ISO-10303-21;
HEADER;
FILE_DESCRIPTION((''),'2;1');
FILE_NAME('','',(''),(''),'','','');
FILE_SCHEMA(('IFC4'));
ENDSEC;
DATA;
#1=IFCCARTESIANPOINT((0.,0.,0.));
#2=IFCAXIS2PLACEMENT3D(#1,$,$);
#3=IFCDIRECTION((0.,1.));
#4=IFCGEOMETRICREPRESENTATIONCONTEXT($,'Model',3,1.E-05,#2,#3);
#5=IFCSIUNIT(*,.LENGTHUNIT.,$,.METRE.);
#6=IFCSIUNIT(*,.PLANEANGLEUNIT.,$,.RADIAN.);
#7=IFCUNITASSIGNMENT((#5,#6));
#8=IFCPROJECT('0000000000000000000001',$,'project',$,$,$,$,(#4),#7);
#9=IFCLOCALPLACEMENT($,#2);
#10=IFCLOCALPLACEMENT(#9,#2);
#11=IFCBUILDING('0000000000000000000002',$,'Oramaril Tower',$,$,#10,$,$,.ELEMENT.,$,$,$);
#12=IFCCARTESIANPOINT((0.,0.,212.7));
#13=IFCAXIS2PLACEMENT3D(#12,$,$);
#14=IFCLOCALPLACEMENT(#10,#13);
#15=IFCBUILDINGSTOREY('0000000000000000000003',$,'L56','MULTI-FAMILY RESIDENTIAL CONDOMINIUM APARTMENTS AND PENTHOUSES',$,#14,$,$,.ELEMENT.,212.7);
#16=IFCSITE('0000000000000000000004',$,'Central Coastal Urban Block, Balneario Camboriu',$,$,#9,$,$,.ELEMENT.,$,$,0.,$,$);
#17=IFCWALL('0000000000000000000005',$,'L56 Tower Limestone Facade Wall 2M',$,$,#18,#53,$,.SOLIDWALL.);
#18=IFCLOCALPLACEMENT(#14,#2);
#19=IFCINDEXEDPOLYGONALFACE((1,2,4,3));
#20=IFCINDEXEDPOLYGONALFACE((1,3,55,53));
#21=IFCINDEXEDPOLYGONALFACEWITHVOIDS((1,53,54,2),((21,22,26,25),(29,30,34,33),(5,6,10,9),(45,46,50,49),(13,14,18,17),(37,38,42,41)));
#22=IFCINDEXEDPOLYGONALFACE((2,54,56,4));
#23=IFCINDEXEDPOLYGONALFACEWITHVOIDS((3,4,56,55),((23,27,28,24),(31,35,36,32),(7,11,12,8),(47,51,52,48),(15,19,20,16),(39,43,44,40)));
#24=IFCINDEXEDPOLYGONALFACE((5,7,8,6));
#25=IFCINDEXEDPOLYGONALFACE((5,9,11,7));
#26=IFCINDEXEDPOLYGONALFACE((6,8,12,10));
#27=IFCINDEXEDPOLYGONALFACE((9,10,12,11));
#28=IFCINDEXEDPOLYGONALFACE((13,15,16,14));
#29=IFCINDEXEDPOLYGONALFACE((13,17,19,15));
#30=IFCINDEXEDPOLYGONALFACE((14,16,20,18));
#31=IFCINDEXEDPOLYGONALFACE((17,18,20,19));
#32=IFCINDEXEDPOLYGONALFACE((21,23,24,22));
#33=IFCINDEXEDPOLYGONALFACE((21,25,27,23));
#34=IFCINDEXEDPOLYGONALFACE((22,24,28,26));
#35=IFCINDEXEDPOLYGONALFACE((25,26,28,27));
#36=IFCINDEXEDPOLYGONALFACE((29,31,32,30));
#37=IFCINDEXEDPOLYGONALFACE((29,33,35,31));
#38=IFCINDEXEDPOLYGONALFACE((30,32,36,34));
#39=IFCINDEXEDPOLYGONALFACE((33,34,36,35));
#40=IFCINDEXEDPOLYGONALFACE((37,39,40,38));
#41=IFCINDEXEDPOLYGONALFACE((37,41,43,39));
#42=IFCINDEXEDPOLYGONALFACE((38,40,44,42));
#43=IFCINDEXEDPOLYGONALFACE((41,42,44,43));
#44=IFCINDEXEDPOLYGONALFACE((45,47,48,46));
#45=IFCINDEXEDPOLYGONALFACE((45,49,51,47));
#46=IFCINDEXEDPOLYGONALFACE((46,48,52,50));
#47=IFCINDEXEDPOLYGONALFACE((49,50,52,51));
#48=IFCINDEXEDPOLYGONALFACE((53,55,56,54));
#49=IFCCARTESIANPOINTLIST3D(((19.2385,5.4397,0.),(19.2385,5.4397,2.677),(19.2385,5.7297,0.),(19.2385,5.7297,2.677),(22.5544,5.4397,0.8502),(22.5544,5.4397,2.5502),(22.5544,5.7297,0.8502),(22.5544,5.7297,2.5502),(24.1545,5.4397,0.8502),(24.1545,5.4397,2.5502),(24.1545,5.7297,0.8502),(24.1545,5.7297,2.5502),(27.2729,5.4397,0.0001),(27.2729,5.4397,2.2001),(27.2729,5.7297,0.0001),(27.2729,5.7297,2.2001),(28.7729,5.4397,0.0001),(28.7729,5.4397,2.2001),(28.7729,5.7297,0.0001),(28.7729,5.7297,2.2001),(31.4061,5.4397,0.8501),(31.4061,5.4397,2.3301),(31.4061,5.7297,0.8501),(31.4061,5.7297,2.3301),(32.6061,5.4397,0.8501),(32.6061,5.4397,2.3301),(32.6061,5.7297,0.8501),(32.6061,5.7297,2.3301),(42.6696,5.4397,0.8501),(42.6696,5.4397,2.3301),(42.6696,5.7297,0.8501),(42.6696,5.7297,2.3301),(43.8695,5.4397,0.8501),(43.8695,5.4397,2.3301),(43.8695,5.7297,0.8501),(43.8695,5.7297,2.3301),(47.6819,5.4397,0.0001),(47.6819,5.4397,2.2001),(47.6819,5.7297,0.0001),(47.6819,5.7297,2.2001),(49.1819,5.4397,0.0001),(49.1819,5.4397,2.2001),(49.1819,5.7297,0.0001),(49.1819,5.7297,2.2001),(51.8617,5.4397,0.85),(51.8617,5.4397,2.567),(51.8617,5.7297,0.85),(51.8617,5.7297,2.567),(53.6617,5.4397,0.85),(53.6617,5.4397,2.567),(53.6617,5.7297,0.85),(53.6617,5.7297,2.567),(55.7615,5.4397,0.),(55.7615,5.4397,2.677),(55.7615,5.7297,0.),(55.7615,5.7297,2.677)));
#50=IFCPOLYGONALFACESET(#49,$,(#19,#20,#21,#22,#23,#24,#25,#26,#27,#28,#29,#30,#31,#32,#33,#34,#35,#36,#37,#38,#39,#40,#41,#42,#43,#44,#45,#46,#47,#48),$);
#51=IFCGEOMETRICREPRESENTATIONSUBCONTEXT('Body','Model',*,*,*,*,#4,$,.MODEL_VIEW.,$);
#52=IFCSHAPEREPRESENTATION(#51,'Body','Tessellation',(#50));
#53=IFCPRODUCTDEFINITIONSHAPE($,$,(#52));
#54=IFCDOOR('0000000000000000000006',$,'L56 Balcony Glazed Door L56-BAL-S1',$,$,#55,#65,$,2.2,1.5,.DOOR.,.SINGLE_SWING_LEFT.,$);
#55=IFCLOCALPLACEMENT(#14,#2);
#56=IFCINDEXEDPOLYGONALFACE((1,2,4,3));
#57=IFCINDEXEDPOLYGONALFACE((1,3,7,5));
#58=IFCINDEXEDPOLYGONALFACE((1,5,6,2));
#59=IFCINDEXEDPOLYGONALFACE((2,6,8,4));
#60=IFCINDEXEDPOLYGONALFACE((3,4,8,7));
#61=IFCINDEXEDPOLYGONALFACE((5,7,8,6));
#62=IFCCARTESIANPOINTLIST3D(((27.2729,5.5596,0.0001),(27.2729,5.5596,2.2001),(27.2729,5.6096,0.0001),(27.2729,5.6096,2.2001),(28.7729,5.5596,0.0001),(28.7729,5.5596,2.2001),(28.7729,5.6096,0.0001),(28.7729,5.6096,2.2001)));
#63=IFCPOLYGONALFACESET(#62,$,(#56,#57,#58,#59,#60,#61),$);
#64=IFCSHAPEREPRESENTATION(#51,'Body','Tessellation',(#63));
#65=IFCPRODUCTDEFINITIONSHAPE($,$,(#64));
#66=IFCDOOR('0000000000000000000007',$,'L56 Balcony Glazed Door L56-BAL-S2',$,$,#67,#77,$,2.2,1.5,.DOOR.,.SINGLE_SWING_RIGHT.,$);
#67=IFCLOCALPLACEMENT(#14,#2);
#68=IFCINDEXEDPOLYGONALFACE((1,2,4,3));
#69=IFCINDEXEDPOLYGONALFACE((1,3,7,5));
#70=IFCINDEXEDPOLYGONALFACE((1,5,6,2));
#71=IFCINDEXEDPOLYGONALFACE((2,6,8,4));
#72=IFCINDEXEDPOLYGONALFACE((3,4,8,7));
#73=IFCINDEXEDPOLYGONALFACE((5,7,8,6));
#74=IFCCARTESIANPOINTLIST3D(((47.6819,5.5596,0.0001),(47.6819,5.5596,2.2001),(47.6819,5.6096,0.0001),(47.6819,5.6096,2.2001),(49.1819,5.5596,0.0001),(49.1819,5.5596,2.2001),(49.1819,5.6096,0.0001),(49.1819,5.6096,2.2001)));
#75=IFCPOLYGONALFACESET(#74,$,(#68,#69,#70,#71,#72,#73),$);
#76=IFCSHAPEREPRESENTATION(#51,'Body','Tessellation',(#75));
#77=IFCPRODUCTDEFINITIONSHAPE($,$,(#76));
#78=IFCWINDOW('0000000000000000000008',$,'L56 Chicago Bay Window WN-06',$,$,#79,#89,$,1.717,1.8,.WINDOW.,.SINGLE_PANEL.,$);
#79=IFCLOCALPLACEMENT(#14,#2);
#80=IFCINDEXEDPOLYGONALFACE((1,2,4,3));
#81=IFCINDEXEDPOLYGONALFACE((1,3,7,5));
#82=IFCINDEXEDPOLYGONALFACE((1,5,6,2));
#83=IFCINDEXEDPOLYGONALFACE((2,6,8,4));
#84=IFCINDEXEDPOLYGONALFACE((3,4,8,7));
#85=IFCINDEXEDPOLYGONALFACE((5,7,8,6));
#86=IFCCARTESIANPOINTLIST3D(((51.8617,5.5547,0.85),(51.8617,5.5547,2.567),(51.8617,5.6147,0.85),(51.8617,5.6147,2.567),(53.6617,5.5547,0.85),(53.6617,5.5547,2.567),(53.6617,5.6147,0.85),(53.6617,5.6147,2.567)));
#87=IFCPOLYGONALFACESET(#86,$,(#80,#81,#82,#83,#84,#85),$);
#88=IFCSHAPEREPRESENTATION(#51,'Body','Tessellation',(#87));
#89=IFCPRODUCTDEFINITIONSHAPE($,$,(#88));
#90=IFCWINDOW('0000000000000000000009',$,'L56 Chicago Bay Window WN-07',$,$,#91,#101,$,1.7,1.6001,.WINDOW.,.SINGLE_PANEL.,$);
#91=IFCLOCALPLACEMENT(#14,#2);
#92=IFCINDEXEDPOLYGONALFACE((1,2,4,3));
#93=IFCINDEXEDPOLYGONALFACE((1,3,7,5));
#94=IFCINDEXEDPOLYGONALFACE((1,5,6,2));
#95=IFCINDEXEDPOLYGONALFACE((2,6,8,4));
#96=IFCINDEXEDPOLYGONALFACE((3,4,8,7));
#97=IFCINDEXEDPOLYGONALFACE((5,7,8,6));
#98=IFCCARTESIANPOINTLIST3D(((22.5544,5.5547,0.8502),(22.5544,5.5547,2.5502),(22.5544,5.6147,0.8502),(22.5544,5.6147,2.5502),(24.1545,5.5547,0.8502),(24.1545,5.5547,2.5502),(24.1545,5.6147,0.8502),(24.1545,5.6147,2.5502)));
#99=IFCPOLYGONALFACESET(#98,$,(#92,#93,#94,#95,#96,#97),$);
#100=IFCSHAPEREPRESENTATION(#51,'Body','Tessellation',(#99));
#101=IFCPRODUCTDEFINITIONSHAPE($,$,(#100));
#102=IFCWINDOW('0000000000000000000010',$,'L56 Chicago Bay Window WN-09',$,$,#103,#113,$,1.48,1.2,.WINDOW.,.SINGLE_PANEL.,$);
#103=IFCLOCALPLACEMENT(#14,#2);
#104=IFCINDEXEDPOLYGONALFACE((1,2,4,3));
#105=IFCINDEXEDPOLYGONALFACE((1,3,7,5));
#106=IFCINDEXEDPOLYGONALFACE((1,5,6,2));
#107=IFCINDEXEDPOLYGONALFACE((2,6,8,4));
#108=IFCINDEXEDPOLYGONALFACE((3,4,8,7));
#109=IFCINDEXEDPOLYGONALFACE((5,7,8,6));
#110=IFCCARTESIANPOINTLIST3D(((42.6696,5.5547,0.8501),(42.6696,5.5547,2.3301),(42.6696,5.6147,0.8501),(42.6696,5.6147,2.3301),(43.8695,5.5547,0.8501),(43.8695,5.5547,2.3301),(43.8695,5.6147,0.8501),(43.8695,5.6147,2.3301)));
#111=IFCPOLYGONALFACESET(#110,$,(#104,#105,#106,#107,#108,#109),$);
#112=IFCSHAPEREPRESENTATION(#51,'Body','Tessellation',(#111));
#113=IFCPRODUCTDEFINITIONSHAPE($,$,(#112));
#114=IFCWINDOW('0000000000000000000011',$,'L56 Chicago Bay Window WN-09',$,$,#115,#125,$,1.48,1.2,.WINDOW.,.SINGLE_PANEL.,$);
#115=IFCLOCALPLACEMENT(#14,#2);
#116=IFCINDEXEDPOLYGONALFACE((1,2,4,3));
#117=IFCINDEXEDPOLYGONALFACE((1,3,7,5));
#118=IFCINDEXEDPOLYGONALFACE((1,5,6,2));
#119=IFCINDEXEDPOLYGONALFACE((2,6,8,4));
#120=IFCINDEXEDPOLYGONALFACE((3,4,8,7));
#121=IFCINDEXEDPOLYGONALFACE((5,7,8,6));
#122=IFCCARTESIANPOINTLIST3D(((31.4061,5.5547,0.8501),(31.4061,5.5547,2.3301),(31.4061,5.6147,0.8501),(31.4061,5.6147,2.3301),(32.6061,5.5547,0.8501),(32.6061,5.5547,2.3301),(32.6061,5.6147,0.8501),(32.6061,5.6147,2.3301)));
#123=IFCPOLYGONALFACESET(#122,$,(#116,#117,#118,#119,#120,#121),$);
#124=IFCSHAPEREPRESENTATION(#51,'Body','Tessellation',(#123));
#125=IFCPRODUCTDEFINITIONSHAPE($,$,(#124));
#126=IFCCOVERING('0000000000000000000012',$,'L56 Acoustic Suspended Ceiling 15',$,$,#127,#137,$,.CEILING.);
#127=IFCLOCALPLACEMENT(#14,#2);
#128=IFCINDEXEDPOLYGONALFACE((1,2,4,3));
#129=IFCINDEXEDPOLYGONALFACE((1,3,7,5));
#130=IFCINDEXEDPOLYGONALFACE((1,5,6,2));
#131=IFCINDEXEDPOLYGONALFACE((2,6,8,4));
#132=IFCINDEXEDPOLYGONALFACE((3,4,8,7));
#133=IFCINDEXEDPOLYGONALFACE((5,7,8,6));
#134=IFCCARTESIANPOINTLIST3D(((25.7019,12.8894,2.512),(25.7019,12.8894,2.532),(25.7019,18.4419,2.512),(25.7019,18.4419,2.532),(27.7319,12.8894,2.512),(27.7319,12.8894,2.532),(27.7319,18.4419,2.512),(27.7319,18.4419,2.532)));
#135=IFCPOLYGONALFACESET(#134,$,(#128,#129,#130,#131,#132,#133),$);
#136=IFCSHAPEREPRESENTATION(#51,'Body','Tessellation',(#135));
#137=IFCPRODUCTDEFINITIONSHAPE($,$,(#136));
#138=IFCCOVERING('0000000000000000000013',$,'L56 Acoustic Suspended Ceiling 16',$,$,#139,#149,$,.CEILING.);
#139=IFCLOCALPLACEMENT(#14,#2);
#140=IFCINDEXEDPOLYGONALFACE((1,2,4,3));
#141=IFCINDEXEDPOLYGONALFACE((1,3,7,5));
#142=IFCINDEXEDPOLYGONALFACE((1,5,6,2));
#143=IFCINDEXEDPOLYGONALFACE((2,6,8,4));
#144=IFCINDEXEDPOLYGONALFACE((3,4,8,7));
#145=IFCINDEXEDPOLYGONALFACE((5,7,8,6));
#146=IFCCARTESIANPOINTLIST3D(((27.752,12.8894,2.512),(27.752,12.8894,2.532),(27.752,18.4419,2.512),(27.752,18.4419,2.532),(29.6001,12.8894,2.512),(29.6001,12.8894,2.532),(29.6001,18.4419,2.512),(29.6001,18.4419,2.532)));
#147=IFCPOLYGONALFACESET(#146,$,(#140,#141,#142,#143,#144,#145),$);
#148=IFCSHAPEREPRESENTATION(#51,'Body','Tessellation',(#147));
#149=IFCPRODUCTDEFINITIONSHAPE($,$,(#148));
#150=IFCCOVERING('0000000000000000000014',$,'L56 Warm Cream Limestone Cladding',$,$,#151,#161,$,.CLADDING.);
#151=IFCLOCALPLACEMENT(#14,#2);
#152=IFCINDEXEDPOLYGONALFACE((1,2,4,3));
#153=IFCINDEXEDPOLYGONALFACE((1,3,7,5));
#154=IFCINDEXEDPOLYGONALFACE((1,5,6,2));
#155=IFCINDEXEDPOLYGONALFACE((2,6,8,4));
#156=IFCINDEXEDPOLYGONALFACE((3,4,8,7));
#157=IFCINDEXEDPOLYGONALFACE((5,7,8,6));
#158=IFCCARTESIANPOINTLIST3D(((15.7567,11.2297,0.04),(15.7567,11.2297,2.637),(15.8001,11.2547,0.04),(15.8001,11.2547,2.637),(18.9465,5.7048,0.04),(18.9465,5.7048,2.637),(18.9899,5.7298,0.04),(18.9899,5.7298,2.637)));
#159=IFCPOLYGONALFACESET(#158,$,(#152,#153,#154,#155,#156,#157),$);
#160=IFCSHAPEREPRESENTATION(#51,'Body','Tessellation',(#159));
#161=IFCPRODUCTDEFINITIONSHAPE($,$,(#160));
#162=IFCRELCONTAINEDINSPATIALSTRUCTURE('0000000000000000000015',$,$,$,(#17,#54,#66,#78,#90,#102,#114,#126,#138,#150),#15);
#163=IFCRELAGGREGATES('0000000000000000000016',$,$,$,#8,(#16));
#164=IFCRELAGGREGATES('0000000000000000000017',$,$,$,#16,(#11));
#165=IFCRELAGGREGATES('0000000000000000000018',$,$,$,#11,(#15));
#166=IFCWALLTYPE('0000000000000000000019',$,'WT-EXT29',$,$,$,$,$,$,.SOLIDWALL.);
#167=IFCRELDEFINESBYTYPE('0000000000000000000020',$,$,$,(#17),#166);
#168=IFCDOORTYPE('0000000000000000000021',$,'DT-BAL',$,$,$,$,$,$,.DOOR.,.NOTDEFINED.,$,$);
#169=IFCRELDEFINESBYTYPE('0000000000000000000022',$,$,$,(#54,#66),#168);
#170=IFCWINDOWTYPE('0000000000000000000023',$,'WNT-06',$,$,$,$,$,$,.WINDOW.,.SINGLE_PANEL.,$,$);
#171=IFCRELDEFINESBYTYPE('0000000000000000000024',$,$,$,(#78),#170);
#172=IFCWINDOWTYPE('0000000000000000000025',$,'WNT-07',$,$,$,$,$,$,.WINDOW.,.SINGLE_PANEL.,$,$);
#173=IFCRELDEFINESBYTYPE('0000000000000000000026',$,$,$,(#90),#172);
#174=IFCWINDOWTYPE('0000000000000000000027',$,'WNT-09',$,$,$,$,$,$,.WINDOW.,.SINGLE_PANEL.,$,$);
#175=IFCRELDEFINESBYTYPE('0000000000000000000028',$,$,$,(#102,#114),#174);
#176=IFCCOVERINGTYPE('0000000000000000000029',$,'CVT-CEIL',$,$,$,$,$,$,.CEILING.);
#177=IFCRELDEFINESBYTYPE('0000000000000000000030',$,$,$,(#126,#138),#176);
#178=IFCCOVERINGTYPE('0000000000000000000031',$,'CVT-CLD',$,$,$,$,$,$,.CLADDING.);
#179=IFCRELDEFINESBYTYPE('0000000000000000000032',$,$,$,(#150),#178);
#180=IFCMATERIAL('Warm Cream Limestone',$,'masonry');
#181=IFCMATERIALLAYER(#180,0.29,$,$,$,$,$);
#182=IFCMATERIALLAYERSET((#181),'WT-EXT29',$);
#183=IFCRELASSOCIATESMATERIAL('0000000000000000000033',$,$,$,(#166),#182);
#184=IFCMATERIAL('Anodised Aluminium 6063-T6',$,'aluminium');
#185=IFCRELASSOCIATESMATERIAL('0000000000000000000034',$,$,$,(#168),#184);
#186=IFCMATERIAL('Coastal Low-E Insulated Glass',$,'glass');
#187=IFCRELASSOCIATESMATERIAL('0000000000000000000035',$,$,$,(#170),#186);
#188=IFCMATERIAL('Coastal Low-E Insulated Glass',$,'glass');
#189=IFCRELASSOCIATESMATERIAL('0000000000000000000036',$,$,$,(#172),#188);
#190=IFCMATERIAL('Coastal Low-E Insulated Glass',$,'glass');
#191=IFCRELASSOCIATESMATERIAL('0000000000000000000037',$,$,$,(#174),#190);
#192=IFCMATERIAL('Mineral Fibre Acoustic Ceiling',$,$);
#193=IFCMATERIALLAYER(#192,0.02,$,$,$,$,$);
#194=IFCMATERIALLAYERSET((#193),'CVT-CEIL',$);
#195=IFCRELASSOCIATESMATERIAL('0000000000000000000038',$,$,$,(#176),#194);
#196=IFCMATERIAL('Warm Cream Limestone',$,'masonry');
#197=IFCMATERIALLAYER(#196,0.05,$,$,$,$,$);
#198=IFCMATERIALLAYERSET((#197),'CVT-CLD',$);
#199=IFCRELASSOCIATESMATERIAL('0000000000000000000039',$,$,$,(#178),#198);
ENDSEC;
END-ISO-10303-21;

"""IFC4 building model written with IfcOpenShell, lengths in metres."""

from ifc_helpers import new_model, si_unit, direction, frame, frame_2d, origin, origin_2d, place, context, subcontext, project, spatial, polyline, rectangle, outline, extrude, material, layer, layer_set, type_object, element, fill, save


model = new_model("IFC4")

# Units and contexts
model_context = context("Model", 3, precision=1e-05, world=origin(), true_north=direction((0.0, 1.0)))
body_context = subcontext(model_context, "Body", "Model", "MODEL_VIEW")
ifc_project = project(units=[si_unit("LENGTHUNIT", "METRE"), si_unit("PLANEANGLEUNIT", "RADIAN")], contexts=[model_context])

# Site, building, storey
site_placement = place(None, origin())
site = spatial("IfcSite", under=ifc_project, at=site_placement, Name="Central Coastal Urban Block, Balneario Camboriu", CompositionType="ELEMENT", RefElevation=0.0)
building_placement = place(site_placement, origin())
building = spatial("IfcBuilding", under=site, at=building_placement, Name="Oramaril Tower", CompositionType="ELEMENT")
storey_placement = place(building_placement, frame((0.0, 0.0, 212.7)))
storey = spatial("IfcBuildingStorey", under=building, at=storey_placement, Name="L56", Description="MULTI-FAMILY RESIDENTIAL CONDOMINIUM APARTMENTS AND PENTHOUSES", CompositionType="ELEMENT", Elevation=212.7)

# Wall, openings, doors, windows
ifc_material_1 = material(Name="Warm Cream Limestone", Category="masonry")
ifc_layer_1 = layer(ifc_material_1, 0.29)
ifc_layer_set_1 = layer_set([ifc_layer_1], Name="WT-EXT29")
wall_type = type_object("IfcWallType", Name="WT-EXT29", PredefinedType="SOLIDWALL", material=ifc_layer_set_1)
wall_placement = place(storey_placement, frame((19.2385, 5.5847, 0.0), z_axis=(0.0, 0.0, 1.0), x_axis=(1.0, 0.0, 0.0)))
wall = element("IfcWall", 1, at=wall_placement, inside=storey, type_object=wall_type, Name="L56 Tower Limestone Facade Wall 2M", PredefinedType="SOLIDWALL", context=body_context, shape_type="SweptSolid", body=[
    extrude(rectangle(XDim=36.5229, YDim=0.29, at=frame_2d((18.2615, 0.0))), origin(), (0.0, 0.0, 1.0), 2.677),
])
opening_1_placement = place(wall_placement, frame((8.0344, 0.0, 0.0)))
opening_1 = element("IfcOpeningElement", 2, at=opening_1_placement, cuts=wall, PredefinedType="OPENING", context=body_context, shape_type="SweptSolid", body=[
    extrude(rectangle(XDim=1.5, YDim=2.2, at=frame_2d((0.75, 1.1001))), frame((0.0, 0.145, 0.0), z_axis=(0.0, -1.0, 0.0), x_axis=(1.0, 0.0, 0.0)), (0.0, 0.0, 1.0), 0.29),
])
opening_2_placement = place(wall_placement, frame((28.4434, 0.0, 0.0)))
opening_2 = element("IfcOpeningElement", 3, at=opening_2_placement, cuts=wall, PredefinedType="OPENING", context=body_context, shape_type="SweptSolid", body=[
    extrude(rectangle(XDim=1.5, YDim=2.2, at=frame_2d((0.75, 1.1001))), frame((0.0, 0.145, 0.0), z_axis=(0.0, -1.0, 0.0), x_axis=(1.0, 0.0, 0.0)), (0.0, 0.0, 1.0), 0.29),
])
opening_3_placement = place(wall_placement, frame((23.4309, 0.0, 0.8501)))
opening_3 = element("IfcOpeningElement", 4, at=opening_3_placement, cuts=wall, PredefinedType="OPENING", context=body_context, shape_type="SweptSolid", body=[
    extrude(rectangle(XDim=1.2, YDim=1.48, at=frame_2d((0.6001, 0.74))), frame((0.0, 0.145, 0.0), z_axis=(0.0, -1.0, 0.0), x_axis=(1.0, 0.0, 0.0)), (0.0, 0.0, 1.0), 0.29),
])
opening_4_placement = place(wall_placement, frame((32.6233, 0.0, 0.8501)))
opening_4 = element("IfcOpeningElement", 5, at=opening_4_placement, cuts=wall, PredefinedType="OPENING", context=body_context, shape_type="SweptSolid", body=[
    extrude(rectangle(XDim=1.8, YDim=1.717, at=frame_2d((0.8999, 0.8584))), frame((0.0, 0.145, 0.0), z_axis=(0.0, -1.0, 0.0), x_axis=(1.0, 0.0, 0.0)), (0.0, 0.0, 1.0), 0.29),
])
opening_5_placement = place(wall_placement, frame((3.3159, 0.0, 0.8501)))
opening_5 = element("IfcOpeningElement", 6, at=opening_5_placement, cuts=wall, PredefinedType="OPENING", context=body_context, shape_type="SweptSolid", body=[
    extrude(rectangle(XDim=1.6001, YDim=1.7, at=frame_2d((0.8, 0.8501))), frame((0.0, 0.145, 0.0), z_axis=(0.0, -1.0, 0.0), x_axis=(1.0, 0.0, 0.0)), (0.0, 0.0, 1.0), 0.29),
])
opening_6_placement = place(wall_placement, frame((12.1675, 0.0, 0.8501)))
opening_6 = element("IfcOpeningElement", 7, at=opening_6_placement, cuts=wall, PredefinedType="OPENING", context=body_context, shape_type="SweptSolid", body=[
    extrude(rectangle(XDim=1.2, YDim=1.48, at=frame_2d((0.6001, 0.74))), frame((0.0, 0.145, 0.0), z_axis=(0.0, -1.0, 0.0), x_axis=(1.0, 0.0, 0.0)), (0.0, 0.0, 1.0), 0.29),
])
ifc_material_2 = material(Name="Anodised Aluminium 6063-T6", Category="aluminium")
door_type = type_object("IfcDoorType", Name="DT-BAL", OperationType="NOTDEFINED", PredefinedType="DOOR", material=ifc_material_2)
door_1_placement = place(opening_1_placement, origin())
door_1 = element("IfcDoor", 8, at=door_1_placement, inside=storey, type_object=door_type, Name="L56 Balcony Glazed Door L56-BAL-S1", OperationType="SINGLE_SWING_LEFT", OverallHeight=2.2, OverallWidth=1.5, PredefinedType="DOOR", context=body_context, shape_type="SweptSolid", body=[
    extrude(rectangle(XDim=1.5, YDim=2.2, at=frame_2d((0.75, 1.1001))), frame((0.0, 0.0249, 0.0), z_axis=(0.0, -1.0, 0.0), x_axis=(1.0, 0.0, 0.0)), (0.0, 0.0, 1.0), 0.05),
])
fill(opening_1, door_1)
door_2_placement = place(opening_2_placement, origin())
door_2 = element("IfcDoor", 9, at=door_2_placement, inside=storey, type_object=door_type, Name="L56 Balcony Glazed Door L56-BAL-S2", OperationType="SINGLE_SWING_RIGHT", OverallHeight=2.2, OverallWidth=1.5, PredefinedType="DOOR", context=body_context, shape_type="SweptSolid", body=[
    extrude(rectangle(XDim=1.5, YDim=2.2, at=frame_2d((0.75, 1.1001))), frame((0.0, 0.0249, 0.0), z_axis=(0.0, -1.0, 0.0), x_axis=(1.0, 0.0, 0.0)), (0.0, 0.0, 1.0), 0.05),
])
fill(opening_2, door_2)
ifc_material_3 = material(Name="Coastal Low-E Insulated Glass", Category="glass")
window_type_1 = type_object("IfcWindowType", Name="WNT-06", PartitioningType="SINGLE_PANEL", PredefinedType="WINDOW", material=ifc_material_3)
window_1_placement = place(opening_4_placement, origin())
window_1 = element("IfcWindow", 10, at=window_1_placement, inside=storey, type_object=window_type_1, Name="L56 Chicago Bay Window WN-06", OverallHeight=1.717, OverallWidth=1.8, PartitioningType="SINGLE_PANEL", PredefinedType="WINDOW", context=body_context, shape_type="SweptSolid", body=[
    extrude(rectangle(XDim=1.8, YDim=1.717, at=frame_2d((0.8999, 0.8584))), frame((0.0, 0.03, 0.0), z_axis=(0.0, -1.0, 0.0), x_axis=(1.0, 0.0, 0.0)), (0.0, 0.0, 1.0), 0.0601),
])
fill(opening_4, window_1)
ifc_material_4 = material(Name="Coastal Low-E Insulated Glass", Category="glass")
window_type_2 = type_object("IfcWindowType", Name="WNT-07", PartitioningType="SINGLE_PANEL", PredefinedType="WINDOW", material=ifc_material_4)
window_2_placement = place(opening_5_placement, origin())
window_2 = element("IfcWindow", 11, at=window_2_placement, inside=storey, type_object=window_type_2, Name="L56 Chicago Bay Window WN-07", OverallHeight=1.7, OverallWidth=1.6001, PartitioningType="SINGLE_PANEL", PredefinedType="WINDOW", context=body_context, shape_type="SweptSolid", body=[
    extrude(rectangle(XDim=1.6001, YDim=1.7, at=frame_2d((0.8, 0.8501))), frame((0.0, 0.03, 0.0), z_axis=(0.0, -1.0, 0.0), x_axis=(1.0, 0.0, 0.0)), (0.0, 0.0, 1.0), 0.0601),
])
fill(opening_5, window_2)
ifc_material_5 = material(Name="Coastal Low-E Insulated Glass", Category="glass")
window_type_3 = type_object("IfcWindowType", Name="WNT-09", PartitioningType="SINGLE_PANEL", PredefinedType="WINDOW", material=ifc_material_5)
window_3_placement = place(opening_3_placement, origin())
window_3 = element("IfcWindow", 12, at=window_3_placement, inside=storey, type_object=window_type_3, Name="L56 Chicago Bay Window WN-09", OverallHeight=1.48, OverallWidth=1.2, PartitioningType="SINGLE_PANEL", PredefinedType="WINDOW", context=body_context, shape_type="SweptSolid", body=[
    extrude(rectangle(XDim=1.2, YDim=1.48, at=frame_2d((0.6001, 0.74))), frame((0.0, 0.03, 0.0), z_axis=(0.0, -1.0, 0.0), x_axis=(1.0, 0.0, 0.0)), (0.0, 0.0, 1.0), 0.0601),
])
fill(opening_3, window_3)
window_4_placement = place(opening_6_placement, origin())
window_4 = element("IfcWindow", 13, at=window_4_placement, inside=storey, type_object=window_type_3, Name="L56 Chicago Bay Window WN-09", OverallHeight=1.48, OverallWidth=1.2, PartitioningType="SINGLE_PANEL", PredefinedType="WINDOW", context=body_context, shape_type="SweptSolid", body=[
    extrude(rectangle(XDim=1.2, YDim=1.48, at=frame_2d((0.6001, 0.74))), frame((0.0, 0.03, 0.0), z_axis=(0.0, -1.0, 0.0), x_axis=(1.0, 0.0, 0.0)), (0.0, 0.0, 1.0), 0.0601),
])
fill(opening_6, window_4)

# Coverings
ifc_material_6 = material(Name="Mineral Fibre Acoustic Ceiling")
ifc_layer_2 = layer(ifc_material_6, 0.02)
ifc_layer_set_2 = layer_set([ifc_layer_2], Name="CVT-CEIL")
covering_type_1 = type_object("IfcCoveringType", Name="CVT-CEIL", PredefinedType="CEILING", material=ifc_layer_set_2)
covering_1_placement = place(storey_placement, frame((0.0, 0.0, 2.512)))
element("IfcCovering", 14, at=covering_1_placement, inside=storey, type_object=covering_type_1, Name="L56 Acoustic Suspended Ceiling 15", PredefinedType="CEILING", context=body_context, shape_type="SweptSolid", body=[
    extrude(outline(polyline([(27.7319, 18.4419), (27.7319, 12.8894), (25.7019, 12.8894), (25.7019, 18.4419), (27.7319, 18.4419)])), origin(), (0.0, 0.0, 1.0), 0.02),
])
covering_2_placement = place(storey_placement, frame((0.0, 0.0, 2.512)))
element("IfcCovering", 15, at=covering_2_placement, inside=storey, type_object=covering_type_1, Name="L56 Acoustic Suspended Ceiling 16", PredefinedType="CEILING", context=body_context, shape_type="SweptSolid", body=[
    extrude(outline(polyline([(29.6001, 18.4419), (29.6001, 12.8894), (27.752, 12.8894), (27.752, 18.4419), (29.6001, 18.4419)])), origin(), (0.0, 0.0, 1.0), 0.02),
])
ifc_material_7 = material(Name="Warm Cream Limestone", Category="masonry")
ifc_layer_3 = layer(ifc_material_7, 0.05)
ifc_layer_set_3 = layer_set([ifc_layer_3], Name="CVT-CLD")
covering_type_2 = type_object("IfcCoveringType", Name="CVT-CLD", PredefinedType="CLADDING", material=ifc_layer_set_3)
covering_3_placement = place(storey_placement, frame((17.3733, 8.4797, 0.04), z_axis=(0.0, 0.0, 1.0), x_axis=(0.5, -0.866025, 0.0)))
element("IfcCovering", 16, at=covering_3_placement, inside=storey, type_object=covering_type_2, Name="L56 Warm Cream Limestone Cladding", PredefinedType="CLADDING", context=body_context, shape_type="SweptSolid", body=[
    extrude(rectangle(XDim=6.3796, YDim=0.05, at=origin_2d()), origin(), (0.0, 0.0, 1.0), 2.5969),
])

save(model, "model.ifc")
